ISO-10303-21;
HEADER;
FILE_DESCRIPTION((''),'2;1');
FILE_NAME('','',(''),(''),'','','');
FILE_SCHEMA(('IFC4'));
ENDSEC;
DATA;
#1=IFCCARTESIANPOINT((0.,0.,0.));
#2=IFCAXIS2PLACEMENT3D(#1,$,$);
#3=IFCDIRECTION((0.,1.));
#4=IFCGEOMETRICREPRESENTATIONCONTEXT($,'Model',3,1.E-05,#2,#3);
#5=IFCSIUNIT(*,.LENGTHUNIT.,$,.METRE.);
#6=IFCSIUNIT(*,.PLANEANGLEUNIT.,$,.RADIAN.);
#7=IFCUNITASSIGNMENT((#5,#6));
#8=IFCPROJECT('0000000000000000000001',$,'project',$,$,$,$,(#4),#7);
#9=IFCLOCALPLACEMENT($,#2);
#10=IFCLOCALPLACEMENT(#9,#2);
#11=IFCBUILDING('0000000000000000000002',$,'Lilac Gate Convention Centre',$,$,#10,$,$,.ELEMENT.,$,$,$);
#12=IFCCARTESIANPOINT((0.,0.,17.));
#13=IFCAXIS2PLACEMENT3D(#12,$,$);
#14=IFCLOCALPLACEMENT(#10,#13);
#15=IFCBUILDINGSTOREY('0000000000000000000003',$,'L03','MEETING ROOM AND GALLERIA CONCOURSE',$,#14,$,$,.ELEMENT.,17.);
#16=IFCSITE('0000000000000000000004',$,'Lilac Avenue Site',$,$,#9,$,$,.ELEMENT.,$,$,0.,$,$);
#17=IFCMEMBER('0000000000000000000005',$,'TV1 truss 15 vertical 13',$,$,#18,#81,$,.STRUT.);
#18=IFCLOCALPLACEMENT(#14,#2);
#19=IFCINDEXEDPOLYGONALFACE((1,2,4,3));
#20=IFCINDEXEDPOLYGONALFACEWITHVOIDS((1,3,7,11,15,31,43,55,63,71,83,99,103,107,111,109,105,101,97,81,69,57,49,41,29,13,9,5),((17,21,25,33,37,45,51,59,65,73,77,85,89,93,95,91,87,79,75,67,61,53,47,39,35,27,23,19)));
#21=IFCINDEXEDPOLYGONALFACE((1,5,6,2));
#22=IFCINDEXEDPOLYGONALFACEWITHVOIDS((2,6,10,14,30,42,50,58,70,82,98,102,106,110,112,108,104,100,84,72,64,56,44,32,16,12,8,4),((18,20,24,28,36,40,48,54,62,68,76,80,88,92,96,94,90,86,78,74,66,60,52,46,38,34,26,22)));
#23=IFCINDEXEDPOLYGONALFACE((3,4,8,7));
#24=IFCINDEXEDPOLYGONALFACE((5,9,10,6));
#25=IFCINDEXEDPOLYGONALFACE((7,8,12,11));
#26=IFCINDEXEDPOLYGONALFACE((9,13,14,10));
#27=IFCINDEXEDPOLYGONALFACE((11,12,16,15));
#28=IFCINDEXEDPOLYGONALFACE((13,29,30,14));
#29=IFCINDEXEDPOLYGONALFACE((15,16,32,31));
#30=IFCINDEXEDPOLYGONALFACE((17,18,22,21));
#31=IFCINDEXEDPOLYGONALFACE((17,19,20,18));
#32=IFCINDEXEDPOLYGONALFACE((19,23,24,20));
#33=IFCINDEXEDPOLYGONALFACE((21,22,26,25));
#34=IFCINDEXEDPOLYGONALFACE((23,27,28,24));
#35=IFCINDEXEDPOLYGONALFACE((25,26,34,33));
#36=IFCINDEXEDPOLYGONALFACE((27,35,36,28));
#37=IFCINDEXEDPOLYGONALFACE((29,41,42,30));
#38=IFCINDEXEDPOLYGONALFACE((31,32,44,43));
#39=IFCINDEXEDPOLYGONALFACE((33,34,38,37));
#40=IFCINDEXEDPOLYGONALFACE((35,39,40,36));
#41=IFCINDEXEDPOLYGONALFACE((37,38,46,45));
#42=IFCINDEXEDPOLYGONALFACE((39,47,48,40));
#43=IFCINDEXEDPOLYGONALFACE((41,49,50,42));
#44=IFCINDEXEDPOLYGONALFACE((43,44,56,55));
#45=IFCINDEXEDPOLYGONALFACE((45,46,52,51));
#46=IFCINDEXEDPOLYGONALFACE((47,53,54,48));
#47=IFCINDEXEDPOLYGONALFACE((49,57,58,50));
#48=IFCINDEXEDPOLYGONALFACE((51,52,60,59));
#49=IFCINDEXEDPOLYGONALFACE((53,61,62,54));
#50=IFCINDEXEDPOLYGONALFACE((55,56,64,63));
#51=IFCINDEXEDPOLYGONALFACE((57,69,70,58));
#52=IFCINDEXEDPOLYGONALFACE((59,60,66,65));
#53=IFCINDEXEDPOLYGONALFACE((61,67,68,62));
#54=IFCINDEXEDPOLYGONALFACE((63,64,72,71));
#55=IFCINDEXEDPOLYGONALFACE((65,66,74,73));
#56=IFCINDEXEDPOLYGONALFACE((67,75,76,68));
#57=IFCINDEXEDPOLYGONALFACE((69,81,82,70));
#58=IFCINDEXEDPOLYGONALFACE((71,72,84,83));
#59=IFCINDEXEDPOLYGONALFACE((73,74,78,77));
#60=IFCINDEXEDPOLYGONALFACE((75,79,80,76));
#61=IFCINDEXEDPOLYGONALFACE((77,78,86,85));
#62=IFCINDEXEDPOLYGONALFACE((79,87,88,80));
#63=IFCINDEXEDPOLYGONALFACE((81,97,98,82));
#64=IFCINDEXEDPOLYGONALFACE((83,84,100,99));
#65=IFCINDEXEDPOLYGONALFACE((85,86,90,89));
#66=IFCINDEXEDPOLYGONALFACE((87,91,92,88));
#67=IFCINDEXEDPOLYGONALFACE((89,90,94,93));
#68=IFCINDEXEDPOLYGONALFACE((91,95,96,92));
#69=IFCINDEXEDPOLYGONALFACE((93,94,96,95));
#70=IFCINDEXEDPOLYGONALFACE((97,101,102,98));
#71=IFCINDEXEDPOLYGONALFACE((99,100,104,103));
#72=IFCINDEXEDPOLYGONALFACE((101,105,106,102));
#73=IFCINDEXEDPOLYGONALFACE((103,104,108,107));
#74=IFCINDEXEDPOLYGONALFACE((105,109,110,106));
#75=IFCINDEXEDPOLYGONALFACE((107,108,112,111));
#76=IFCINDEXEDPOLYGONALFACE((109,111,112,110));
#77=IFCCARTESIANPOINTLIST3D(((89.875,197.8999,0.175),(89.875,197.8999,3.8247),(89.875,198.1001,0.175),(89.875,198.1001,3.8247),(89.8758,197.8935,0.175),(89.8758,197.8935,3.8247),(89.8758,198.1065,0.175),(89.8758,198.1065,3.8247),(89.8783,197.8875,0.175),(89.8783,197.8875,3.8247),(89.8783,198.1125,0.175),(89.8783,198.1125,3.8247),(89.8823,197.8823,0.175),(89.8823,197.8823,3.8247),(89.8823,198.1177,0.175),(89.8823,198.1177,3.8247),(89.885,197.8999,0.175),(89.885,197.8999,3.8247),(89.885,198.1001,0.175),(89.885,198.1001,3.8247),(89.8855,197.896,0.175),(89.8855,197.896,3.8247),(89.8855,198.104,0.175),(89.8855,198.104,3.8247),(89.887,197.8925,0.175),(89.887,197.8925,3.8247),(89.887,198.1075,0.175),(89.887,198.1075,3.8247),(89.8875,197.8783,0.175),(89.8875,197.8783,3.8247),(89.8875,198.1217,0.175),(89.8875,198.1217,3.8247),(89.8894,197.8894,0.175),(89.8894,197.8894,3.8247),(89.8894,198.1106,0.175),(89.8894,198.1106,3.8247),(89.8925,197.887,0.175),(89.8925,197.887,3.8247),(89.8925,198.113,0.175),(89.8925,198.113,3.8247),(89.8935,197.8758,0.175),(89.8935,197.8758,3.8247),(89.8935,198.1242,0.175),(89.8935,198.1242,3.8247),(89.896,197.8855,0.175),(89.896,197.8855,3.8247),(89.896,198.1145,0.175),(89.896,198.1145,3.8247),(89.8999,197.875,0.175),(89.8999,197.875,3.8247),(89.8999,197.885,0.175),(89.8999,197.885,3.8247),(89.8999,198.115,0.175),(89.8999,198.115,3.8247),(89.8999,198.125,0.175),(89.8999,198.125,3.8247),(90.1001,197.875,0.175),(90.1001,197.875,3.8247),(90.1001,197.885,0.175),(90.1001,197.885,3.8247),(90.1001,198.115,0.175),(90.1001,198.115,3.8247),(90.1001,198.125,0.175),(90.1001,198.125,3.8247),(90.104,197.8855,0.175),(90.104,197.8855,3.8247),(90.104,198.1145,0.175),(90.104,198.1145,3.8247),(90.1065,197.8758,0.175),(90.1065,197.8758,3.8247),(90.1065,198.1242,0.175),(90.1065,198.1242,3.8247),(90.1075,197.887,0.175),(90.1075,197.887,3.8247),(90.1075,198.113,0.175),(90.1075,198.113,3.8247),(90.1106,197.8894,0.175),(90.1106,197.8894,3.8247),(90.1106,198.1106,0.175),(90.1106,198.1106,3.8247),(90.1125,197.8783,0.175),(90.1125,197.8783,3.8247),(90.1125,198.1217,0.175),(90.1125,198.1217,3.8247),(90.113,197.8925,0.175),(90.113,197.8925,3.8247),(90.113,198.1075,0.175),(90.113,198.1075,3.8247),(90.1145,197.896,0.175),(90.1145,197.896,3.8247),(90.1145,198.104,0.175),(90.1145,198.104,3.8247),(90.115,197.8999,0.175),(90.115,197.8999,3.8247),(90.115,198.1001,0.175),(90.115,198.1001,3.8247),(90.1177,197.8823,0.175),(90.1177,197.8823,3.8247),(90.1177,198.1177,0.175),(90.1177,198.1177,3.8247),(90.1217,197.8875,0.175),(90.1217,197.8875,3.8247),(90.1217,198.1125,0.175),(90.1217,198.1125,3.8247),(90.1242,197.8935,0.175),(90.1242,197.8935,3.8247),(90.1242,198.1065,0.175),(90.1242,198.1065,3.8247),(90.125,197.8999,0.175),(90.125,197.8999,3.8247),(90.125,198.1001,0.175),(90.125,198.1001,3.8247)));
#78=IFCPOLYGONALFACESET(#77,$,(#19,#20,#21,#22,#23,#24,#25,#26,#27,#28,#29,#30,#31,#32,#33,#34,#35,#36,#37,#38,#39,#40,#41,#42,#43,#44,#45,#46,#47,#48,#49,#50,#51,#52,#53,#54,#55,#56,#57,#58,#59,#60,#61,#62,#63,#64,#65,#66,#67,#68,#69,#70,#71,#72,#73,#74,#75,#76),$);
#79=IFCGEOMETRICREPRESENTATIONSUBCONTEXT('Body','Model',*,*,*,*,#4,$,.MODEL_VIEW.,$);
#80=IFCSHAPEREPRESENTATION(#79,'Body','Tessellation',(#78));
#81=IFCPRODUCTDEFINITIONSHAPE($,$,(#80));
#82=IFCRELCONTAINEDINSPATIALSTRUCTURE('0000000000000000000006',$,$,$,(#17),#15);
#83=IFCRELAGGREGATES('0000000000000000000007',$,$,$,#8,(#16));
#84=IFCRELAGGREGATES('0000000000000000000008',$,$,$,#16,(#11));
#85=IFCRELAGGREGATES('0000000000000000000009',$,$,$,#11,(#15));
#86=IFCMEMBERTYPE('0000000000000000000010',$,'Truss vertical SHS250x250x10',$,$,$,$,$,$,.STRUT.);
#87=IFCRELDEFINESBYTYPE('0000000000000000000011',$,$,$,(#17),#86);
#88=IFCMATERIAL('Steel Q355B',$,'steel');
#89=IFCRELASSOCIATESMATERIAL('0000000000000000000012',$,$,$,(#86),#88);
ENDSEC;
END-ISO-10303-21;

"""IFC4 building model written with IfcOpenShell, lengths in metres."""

from ifc_helpers import new_model, si_unit, direction, frame, origin, origin_2d, place, context, subcontext, project, spatial, hollow_rectangle, extrude, material, material_profile, profile_set, type_object, element, save


model = new_model("IFC4")

# Units and contexts
model_context = context("Model", 3, precision=1e-05, world=origin(), true_north=direction((0.0, 1.0)))
body_context = subcontext(model_context, "Body", "Model", "MODEL_VIEW")
ifc_project = project(units=[si_unit("LENGTHUNIT", "METRE"), si_unit("PLANEANGLEUNIT", "RADIAN")], contexts=[model_context])

# Site, building, storey
site_placement = place(None, origin())
site = spatial("IfcSite", under=ifc_project, at=site_placement, Name="Lilac Avenue Site", CompositionType="ELEMENT", RefElevation=0.0)
building_placement = place(site_placement, origin())
building = spatial("IfcBuilding", under=site, at=building_placement, Name="Lilac Gate Convention Centre", CompositionType="ELEMENT")
storey_placement = place(building_placement, frame((0.0, 0.0, 17.0)))
storey = spatial("IfcBuildingStorey", under=building, at=storey_placement, Name="L03", Description="MEETING ROOM AND GALLERIA CONCOURSE", CompositionType="ELEMENT", Elevation=17.0)

# Member
ifc_material = material(Name="Steel Q355B", Category="steel")
ifc_material_profile_1 = material_profile(ifc_material, hollow_rectangle(XDim=0.25, YDim=0.25, WallThickness=0.01, InnerFilletRadius=0.0149, OuterFilletRadius=0.0249, at=origin_2d()), Name="SHS250x250x10")
ifc_profile_set_1 = profile_set([ifc_material_profile_1], Name="Steel Q355B")
member_type_1 = type_object("IfcMemberType", Name="Truss vertical SHS250x250x10", PredefinedType="STRUT", material=ifc_profile_set_1)
for number, where, z_axis, x_axis, name in (
    (1, (90.0, 198.0, 0.175), (0.0, 0.0, 1.0), (1.0, 0.0, 0.0), "TV1 truss 15 vertical 13"),
):
    element("IfcMember", number, at=place(storey_placement, frame(where, z_axis=z_axis, x_axis=x_axis)), inside=storey, type_object=member_type_1, Name=name, PredefinedType="STRUT", context=body_context, shape_type="SweptSolid", body=[
        extrude(hollow_rectangle(XDim=0.25, YDim=0.25, WallThickness=0.01, InnerFilletRadius=0.0149, OuterFilletRadius=0.0249, at=origin_2d()), origin(), (0.0, 0.0, 1.0), 3.6497),
    ])

save(model, "model.ifc")
